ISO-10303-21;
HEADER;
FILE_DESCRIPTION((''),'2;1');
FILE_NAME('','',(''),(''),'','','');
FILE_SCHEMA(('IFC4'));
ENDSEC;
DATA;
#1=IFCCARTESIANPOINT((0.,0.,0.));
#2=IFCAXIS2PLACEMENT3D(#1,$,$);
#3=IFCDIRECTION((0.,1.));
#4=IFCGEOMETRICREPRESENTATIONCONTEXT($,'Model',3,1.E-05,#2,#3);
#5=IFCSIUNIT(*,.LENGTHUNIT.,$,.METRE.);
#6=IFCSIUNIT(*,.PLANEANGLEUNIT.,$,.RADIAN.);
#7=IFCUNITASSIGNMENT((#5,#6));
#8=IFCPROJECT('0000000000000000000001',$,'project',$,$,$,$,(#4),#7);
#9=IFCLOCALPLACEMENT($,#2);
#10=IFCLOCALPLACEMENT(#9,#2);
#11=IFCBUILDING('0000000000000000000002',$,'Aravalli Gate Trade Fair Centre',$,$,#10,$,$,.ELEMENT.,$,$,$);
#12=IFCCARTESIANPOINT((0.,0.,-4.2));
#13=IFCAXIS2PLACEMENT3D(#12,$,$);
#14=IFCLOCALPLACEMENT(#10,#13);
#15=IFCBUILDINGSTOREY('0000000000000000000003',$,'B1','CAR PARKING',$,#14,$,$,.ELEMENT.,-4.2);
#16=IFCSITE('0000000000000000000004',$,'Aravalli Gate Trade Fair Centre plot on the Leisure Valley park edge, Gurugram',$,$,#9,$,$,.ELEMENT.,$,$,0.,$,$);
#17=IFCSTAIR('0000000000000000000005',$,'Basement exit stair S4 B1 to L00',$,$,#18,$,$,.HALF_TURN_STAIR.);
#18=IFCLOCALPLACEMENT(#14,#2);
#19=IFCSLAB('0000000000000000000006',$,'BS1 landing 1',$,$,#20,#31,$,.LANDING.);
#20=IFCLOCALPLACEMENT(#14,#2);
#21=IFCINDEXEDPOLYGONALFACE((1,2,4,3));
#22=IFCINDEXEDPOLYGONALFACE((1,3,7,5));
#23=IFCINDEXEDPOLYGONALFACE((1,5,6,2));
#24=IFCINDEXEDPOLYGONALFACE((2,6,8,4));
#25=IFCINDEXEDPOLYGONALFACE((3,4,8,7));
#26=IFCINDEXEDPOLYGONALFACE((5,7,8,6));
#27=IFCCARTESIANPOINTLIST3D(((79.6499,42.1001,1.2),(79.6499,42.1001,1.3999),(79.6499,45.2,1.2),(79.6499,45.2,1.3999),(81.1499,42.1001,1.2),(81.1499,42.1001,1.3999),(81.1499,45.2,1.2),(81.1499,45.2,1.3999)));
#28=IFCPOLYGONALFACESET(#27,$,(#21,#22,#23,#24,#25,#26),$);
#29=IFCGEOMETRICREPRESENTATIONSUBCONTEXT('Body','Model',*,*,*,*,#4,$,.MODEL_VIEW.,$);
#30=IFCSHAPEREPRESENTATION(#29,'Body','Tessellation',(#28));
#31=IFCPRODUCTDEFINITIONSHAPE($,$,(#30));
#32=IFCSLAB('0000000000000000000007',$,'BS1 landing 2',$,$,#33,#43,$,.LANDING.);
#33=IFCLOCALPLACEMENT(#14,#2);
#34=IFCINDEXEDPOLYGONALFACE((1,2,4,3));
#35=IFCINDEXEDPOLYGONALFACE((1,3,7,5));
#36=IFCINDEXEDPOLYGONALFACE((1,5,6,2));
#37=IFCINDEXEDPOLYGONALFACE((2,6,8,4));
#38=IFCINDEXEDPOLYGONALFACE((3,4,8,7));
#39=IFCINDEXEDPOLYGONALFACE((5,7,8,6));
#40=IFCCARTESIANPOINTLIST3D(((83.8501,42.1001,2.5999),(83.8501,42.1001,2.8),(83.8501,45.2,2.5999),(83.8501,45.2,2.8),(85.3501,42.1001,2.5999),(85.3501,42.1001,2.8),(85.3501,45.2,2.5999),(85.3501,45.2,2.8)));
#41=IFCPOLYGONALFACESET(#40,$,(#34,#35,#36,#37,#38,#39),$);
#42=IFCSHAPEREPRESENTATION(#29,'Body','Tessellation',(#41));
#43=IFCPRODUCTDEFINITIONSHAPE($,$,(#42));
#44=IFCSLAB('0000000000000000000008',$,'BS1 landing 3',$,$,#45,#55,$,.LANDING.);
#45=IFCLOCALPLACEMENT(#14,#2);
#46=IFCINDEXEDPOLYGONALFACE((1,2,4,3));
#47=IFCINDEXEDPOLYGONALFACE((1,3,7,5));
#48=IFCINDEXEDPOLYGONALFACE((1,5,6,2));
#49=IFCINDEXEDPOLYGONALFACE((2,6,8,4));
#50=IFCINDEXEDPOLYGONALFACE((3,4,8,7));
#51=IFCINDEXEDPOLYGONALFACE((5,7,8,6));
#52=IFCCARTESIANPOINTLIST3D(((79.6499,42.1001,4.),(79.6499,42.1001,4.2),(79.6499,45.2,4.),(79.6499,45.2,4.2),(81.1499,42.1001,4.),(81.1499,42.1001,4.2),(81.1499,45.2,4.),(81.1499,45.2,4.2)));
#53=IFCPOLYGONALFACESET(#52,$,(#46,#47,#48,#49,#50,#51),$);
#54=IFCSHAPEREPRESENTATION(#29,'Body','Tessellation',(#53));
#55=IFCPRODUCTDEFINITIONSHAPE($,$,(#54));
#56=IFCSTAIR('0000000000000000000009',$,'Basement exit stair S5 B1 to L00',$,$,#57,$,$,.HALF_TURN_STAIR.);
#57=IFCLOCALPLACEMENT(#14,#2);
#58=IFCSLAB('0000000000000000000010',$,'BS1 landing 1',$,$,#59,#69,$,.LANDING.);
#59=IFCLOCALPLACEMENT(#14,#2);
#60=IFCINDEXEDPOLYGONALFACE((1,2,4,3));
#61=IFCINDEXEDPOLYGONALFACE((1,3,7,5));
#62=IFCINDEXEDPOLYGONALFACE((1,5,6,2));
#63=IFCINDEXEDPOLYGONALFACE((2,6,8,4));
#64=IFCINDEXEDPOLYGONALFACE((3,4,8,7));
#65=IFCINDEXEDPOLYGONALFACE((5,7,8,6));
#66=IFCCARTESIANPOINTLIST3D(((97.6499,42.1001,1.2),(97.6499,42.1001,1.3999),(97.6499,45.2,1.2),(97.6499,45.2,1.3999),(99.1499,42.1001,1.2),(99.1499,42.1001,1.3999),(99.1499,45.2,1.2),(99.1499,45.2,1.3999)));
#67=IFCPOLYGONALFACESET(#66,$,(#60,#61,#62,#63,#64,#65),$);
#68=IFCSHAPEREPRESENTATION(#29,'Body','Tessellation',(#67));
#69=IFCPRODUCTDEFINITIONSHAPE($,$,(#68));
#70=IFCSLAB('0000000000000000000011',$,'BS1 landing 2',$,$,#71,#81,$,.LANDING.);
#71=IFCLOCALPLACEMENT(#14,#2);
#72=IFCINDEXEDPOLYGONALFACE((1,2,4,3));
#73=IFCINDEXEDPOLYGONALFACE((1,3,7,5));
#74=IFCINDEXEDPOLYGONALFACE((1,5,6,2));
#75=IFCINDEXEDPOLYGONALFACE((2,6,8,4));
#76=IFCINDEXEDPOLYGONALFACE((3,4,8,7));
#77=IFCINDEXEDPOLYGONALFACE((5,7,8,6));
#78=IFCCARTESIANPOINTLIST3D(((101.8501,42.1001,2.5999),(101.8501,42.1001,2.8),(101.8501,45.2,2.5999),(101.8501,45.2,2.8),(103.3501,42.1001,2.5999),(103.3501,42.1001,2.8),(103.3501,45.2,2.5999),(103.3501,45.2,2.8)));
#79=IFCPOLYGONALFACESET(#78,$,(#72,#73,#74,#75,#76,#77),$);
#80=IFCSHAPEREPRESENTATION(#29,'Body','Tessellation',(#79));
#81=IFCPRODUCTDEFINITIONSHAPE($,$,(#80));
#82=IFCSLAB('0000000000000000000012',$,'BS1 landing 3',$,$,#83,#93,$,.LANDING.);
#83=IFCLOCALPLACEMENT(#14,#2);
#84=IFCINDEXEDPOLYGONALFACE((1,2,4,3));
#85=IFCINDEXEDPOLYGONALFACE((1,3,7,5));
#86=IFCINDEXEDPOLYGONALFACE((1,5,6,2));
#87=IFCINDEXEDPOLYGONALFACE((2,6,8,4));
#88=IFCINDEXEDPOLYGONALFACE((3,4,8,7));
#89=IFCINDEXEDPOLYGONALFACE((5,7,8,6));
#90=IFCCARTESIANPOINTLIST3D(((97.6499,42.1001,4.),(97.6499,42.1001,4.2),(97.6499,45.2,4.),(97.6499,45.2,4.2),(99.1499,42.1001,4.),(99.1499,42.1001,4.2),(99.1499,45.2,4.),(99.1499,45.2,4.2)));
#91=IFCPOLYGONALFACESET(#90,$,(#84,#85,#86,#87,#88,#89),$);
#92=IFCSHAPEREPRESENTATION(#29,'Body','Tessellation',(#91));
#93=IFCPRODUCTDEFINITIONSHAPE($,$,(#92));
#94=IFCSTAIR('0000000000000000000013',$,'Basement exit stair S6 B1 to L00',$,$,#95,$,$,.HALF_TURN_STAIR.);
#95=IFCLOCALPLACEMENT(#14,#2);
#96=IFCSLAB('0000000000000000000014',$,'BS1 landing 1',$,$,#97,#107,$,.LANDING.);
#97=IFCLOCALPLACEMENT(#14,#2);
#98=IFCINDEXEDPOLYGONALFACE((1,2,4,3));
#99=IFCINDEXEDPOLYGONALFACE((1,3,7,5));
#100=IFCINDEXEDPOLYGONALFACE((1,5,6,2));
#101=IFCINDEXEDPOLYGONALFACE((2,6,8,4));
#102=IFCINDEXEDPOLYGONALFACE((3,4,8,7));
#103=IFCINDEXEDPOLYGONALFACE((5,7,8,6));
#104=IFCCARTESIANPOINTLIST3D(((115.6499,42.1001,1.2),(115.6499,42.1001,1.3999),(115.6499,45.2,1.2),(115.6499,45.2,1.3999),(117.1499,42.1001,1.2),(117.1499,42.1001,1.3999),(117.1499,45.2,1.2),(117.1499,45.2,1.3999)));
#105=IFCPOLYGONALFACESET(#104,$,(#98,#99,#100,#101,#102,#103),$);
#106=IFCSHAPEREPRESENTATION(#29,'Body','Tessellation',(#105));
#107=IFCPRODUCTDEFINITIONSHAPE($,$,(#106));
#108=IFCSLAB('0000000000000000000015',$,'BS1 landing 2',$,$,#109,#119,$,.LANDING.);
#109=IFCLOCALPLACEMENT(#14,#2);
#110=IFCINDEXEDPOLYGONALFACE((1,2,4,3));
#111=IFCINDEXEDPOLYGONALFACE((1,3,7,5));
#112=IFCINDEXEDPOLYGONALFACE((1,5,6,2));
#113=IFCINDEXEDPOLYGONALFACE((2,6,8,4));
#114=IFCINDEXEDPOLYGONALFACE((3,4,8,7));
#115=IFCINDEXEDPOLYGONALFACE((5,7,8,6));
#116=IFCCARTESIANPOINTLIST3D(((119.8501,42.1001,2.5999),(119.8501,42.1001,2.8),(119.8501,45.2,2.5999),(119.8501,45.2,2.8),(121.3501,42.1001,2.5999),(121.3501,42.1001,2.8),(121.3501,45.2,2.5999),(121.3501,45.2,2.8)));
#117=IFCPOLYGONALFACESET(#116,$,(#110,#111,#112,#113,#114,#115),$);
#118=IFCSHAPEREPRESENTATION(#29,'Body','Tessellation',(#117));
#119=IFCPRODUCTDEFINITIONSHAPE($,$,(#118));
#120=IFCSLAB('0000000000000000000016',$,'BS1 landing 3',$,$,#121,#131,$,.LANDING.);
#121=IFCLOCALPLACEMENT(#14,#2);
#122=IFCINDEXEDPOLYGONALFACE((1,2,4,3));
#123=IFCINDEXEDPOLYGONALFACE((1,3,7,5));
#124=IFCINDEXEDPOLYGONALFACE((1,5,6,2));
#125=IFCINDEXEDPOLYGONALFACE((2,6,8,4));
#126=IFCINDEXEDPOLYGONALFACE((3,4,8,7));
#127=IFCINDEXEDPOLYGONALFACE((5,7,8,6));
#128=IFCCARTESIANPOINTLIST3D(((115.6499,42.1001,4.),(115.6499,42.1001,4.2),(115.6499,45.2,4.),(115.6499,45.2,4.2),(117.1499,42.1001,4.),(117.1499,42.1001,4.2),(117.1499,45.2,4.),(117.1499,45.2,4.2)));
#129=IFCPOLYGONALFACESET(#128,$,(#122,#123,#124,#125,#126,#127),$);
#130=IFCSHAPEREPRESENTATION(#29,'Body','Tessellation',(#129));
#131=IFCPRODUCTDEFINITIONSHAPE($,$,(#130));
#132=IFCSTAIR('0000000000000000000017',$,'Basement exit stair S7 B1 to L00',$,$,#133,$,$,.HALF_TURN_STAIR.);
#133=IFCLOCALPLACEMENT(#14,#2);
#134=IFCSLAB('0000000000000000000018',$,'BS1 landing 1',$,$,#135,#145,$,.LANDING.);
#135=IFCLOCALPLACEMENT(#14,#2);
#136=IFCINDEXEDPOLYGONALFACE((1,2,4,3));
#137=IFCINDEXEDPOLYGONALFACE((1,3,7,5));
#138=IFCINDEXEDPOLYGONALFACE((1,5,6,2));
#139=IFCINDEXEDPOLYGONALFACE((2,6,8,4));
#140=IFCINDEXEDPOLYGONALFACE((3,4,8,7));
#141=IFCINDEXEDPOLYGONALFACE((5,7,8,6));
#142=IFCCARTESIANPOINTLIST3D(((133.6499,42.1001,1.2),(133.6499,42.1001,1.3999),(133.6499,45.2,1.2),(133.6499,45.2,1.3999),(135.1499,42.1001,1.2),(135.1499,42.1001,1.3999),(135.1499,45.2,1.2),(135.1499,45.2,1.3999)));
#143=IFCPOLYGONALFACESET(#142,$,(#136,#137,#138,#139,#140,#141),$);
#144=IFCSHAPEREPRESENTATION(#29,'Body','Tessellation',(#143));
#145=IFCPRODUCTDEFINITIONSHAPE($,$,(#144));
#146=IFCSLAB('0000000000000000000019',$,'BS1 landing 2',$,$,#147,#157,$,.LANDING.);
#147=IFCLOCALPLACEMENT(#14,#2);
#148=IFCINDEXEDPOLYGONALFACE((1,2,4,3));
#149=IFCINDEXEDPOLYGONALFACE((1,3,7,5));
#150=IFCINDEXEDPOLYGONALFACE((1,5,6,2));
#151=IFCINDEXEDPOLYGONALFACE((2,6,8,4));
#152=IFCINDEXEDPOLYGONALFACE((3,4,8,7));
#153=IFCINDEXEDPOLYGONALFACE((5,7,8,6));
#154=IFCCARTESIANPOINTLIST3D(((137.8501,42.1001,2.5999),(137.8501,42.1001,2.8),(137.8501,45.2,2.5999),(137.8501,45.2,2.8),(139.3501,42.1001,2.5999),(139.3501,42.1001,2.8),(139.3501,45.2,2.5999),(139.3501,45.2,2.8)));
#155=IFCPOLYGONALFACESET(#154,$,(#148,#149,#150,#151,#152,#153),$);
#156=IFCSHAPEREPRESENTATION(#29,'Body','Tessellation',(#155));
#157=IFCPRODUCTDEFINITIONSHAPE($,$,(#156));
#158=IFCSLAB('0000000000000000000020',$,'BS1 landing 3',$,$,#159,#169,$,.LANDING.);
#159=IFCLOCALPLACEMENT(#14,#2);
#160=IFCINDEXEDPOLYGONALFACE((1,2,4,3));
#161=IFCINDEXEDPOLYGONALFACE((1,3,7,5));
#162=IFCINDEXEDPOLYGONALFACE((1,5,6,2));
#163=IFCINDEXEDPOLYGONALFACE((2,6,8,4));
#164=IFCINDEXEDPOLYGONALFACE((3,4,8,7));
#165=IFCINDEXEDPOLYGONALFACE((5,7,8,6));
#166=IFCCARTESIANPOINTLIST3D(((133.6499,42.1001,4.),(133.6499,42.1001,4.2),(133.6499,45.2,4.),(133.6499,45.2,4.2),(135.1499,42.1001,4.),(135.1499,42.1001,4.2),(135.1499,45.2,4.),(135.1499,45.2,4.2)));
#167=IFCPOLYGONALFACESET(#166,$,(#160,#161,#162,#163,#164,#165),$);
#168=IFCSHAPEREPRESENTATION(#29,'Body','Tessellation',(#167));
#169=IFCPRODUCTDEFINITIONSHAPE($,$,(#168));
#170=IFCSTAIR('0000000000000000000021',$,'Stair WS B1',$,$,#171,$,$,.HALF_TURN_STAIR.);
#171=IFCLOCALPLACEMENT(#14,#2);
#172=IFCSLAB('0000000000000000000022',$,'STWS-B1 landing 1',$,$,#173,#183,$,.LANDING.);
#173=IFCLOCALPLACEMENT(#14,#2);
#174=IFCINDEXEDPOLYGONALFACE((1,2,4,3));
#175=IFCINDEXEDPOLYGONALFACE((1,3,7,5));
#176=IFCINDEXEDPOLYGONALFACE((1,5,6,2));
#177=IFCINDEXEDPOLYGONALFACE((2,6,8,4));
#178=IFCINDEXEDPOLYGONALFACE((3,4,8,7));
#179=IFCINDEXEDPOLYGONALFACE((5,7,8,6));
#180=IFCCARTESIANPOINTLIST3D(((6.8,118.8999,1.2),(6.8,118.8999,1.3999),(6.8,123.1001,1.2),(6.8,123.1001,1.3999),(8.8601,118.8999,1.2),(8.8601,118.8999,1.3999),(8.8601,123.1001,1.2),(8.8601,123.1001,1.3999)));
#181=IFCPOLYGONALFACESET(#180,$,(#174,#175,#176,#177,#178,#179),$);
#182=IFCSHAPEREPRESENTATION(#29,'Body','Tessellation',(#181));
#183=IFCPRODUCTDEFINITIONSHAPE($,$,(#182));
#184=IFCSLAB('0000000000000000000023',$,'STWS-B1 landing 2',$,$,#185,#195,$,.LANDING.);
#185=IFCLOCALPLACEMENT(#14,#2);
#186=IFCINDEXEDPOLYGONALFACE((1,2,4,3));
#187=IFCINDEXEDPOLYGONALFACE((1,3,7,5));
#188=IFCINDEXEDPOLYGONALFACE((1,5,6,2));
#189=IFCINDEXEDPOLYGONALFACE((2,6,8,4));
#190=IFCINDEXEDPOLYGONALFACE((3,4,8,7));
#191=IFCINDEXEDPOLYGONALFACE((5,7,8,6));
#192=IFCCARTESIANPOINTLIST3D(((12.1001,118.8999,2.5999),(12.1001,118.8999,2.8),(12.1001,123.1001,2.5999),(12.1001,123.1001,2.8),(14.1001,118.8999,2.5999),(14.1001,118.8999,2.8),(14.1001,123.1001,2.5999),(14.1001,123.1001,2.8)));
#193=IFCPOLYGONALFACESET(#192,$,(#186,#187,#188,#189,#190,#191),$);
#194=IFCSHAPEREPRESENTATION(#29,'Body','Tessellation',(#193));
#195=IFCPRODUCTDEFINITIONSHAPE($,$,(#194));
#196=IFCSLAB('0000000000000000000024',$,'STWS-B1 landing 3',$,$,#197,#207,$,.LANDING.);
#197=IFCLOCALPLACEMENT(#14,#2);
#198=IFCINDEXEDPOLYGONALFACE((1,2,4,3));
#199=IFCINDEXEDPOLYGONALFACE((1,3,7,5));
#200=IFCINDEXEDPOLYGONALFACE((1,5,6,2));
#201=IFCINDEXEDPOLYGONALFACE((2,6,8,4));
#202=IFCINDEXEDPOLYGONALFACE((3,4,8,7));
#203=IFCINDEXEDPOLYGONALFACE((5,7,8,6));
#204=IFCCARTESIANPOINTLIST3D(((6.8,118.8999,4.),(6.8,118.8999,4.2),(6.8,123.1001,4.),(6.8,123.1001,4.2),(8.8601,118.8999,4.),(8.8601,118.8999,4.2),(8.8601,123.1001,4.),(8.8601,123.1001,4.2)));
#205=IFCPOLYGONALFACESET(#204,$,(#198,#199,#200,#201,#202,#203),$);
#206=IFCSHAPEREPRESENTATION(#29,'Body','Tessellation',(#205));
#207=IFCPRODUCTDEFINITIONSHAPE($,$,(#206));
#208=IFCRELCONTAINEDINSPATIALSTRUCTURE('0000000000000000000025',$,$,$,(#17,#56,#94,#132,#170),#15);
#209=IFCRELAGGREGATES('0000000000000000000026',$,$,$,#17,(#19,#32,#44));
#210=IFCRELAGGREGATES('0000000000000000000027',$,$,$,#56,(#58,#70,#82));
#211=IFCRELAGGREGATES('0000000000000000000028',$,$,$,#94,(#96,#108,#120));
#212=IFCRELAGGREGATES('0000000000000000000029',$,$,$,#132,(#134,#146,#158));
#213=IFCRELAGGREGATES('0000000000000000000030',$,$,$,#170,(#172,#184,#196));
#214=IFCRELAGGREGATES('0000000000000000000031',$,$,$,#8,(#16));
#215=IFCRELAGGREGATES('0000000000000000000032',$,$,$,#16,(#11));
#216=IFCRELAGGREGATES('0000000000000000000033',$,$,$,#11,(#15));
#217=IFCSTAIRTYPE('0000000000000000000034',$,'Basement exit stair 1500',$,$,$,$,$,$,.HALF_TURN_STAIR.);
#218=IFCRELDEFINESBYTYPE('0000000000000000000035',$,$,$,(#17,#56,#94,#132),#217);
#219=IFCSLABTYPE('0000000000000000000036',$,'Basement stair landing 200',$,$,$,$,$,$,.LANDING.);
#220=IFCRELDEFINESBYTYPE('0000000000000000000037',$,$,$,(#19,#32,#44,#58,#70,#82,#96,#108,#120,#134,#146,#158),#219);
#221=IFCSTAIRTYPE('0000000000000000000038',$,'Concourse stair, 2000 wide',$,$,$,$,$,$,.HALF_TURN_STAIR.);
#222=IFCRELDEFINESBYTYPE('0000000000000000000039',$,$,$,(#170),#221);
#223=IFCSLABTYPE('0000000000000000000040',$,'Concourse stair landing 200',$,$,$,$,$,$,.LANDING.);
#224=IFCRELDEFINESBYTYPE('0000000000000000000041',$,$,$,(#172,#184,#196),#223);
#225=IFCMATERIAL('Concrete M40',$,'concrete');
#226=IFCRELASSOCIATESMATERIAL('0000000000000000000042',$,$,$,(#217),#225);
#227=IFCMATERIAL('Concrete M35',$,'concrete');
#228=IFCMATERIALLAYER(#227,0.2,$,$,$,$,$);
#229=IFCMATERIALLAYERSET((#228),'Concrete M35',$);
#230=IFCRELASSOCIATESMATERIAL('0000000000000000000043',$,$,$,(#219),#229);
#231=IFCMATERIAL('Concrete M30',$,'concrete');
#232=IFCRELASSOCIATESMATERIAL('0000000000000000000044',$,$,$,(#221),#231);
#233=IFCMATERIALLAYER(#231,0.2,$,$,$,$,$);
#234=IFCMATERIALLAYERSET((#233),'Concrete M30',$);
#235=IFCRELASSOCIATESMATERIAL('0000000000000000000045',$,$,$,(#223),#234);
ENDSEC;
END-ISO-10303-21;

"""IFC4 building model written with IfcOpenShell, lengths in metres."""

from ifc_helpers import new_model, si_unit, direction, frame, origin, place, context, subcontext, project, spatial, polyline, outline, extrude, material, layer, layer_set, type_object, element, aggregate, save


model = new_model("IFC4")

# Units and contexts
model_context = context("Model", 3, precision=1e-05, world=origin(), true_north=direction((0.0, 1.0)))
body_context = subcontext(model_context, "Body", "Model", "MODEL_VIEW")
ifc_project = project(units=[si_unit("LENGTHUNIT", "METRE"), si_unit("PLANEANGLEUNIT", "RADIAN")], contexts=[model_context])

# Site, building, storey
site_placement = place(None, origin())
site = spatial("IfcSite", under=ifc_project, at=site_placement, Name="Aravalli Gate Trade Fair Centre plot on the Leisure Valley park edge, Gurugram", CompositionType="ELEMENT", RefElevation=0.0)
building_placement = place(site_placement, origin())
building = spatial("IfcBuilding", under=site, at=building_placement, Name="Aravalli Gate Trade Fair Centre", CompositionType="ELEMENT")
storey_placement = place(building_placement, frame((0.0, 0.0, -4.2)))
storey = spatial("IfcBuildingStorey", under=building, at=storey_placement, Name="B1", Description="CAR PARKING", CompositionType="ELEMENT", Elevation=-4.2)

# Shared definitions
ifc_material_1 = material(Name="Concrete M35", Category="concrete")

# Shared definitions
ifc_material_2 = material(Name="Concrete M40", Category="concrete")
stair_type_1 = type_object("IfcStairType", Name="Basement exit stair 1500", PredefinedType="HALF_TURN_STAIR", material=ifc_material_2)
ifc_layer_1 = layer(ifc_material_1, 0.2)
ifc_layer_set_1 = layer_set([ifc_layer_1], Name="Concrete M35")
slab_type_1 = type_object("IfcSlabType", Name="Basement stair landing 200", PredefinedType="LANDING", material=ifc_layer_set_1)

# Stairs, slabs
stair_1_placement = place(storey_placement, origin())
stair_1 = element("IfcStair", 1, at=stair_1_placement, inside=storey, type_object=stair_type_1, Name="Basement exit stair S4 B1 to L00", PredefinedType="HALF_TURN_STAIR")
slab_1_placement = place(storey_placement, frame((0.0, 0.0, 1.2)))
slab_1 = element("IfcSlab", 2, at=slab_1_placement, type_object=slab_type_1, Name="BS1 landing 1", PredefinedType="LANDING", context=body_context, shape_type="SweptSolid", body=[
    extrude(outline(polyline([(81.1499, 45.2), (79.6499, 45.2), (79.6499, 42.1001), (81.1499, 42.1001), (81.1499, 45.2)])), origin(), (0.0, 0.0, 1.0), 0.2),
])
slab_2_placement = place(storey_placement, frame((0.0, 0.0, 2.5999)))
slab_2 = element("IfcSlab", 3, at=slab_2_placement, type_object=slab_type_1, Name="BS1 landing 2", PredefinedType="LANDING", context=body_context, shape_type="SweptSolid", body=[
    extrude(outline(polyline([(85.3501, 45.2), (83.8501, 45.2), (83.8501, 42.1001), (85.3501, 42.1001), (85.3501, 45.2)])), origin(), (0.0, 0.0, 1.0), 0.2002),
])
slab_3_placement = place(storey_placement, frame((0.0, 0.0, 4.0)))
slab_3 = element("IfcSlab", 4, at=slab_3_placement, type_object=slab_type_1, Name="BS1 landing 3", PredefinedType="LANDING", context=body_context, shape_type="SweptSolid", body=[
    extrude(outline(polyline([(81.1499, 45.2), (79.6499, 45.2), (79.6499, 42.1001), (81.1499, 42.1001), (81.1499, 45.2)])), origin(), (0.0, 0.0, 1.0), 0.2),
])
aggregate(stair_1, [slab_1, slab_2, slab_3])
stair_2_placement = place(storey_placement, origin())
stair_2 = element("IfcStair", 5, at=stair_2_placement, inside=storey, type_object=stair_type_1, Name="Basement exit stair S5 B1 to L00", PredefinedType="HALF_TURN_STAIR")
slab_4_placement = place(storey_placement, frame((0.0, 0.0, 1.2)))
slab_4 = element("IfcSlab", 6, at=slab_4_placement, type_object=slab_type_1, Name="BS1 landing 1", PredefinedType="LANDING", context=body_context, shape_type="SweptSolid", body=[
    extrude(outline(polyline([(99.1499, 45.2), (97.6499, 45.2), (97.6499, 42.1001), (99.1499, 42.1001), (99.1499, 45.2)])), origin(), (0.0, 0.0, 1.0), 0.2),
])
slab_5_placement = place(storey_placement, frame((0.0, 0.0, 2.5999)))
slab_5 = element("IfcSlab", 7, at=slab_5_placement, type_object=slab_type_1, Name="BS1 landing 2", PredefinedType="LANDING", context=body_context, shape_type="SweptSolid", body=[
    extrude(outline(polyline([(103.3501, 45.2), (101.8501, 45.2), (101.8501, 42.1001), (103.3501, 42.1001), (103.3501, 45.2)])), origin(), (0.0, 0.0, 1.0), 0.2002),
])
slab_6_placement = place(storey_placement, frame((0.0, 0.0, 4.0)))
slab_6 = element("IfcSlab", 8, at=slab_6_placement, type_object=slab_type_1, Name="BS1 landing 3", PredefinedType="LANDING", context=body_context, shape_type="SweptSolid", body=[
    extrude(outline(polyline([(99.1499, 45.2), (97.6499, 45.2), (97.6499, 42.1001), (99.1499, 42.1001), (99.1499, 45.2)])), origin(), (0.0, 0.0, 1.0), 0.2),
])
aggregate(stair_2, [slab_4, slab_5, slab_6])
stair_3_placement = place(storey_placement, origin())
stair_3 = element("IfcStair", 9, at=stair_3_placement, inside=storey, type_object=stair_type_1, Name="Basement exit stair S6 B1 to L00", PredefinedType="HALF_TURN_STAIR")
slab_7_placement = place(storey_placement, frame((0.0, 0.0, 1.2)))
slab_7 = element("IfcSlab", 10, at=slab_7_placement, type_object=slab_type_1, Name="BS1 landing 1", PredefinedType="LANDING", context=body_context, shape_type="SweptSolid", body=[
    extrude(outline(polyline([(117.1499, 45.2), (115.6499, 45.2), (115.6499, 42.1001), (117.1499, 42.1001), (117.1499, 45.2)])), origin(), (0.0, 0.0, 1.0), 0.2),
])
slab_8_placement = place(storey_placement, frame((0.0, 0.0, 2.5999)))
slab_8 = element("IfcSlab", 11, at=slab_8_placement, type_object=slab_type_1, Name="BS1 landing 2", PredefinedType="LANDING", context=body_context, shape_type="SweptSolid", body=[
    extrude(outline(polyline([(121.3501, 45.2), (119.8501, 45.2), (119.8501, 42.1001), (121.3501, 42.1001), (121.3501, 45.2)])), origin(), (0.0, 0.0, 1.0), 0.2002),
])
slab_9_placement = place(storey_placement, frame((0.0, 0.0, 4.0)))
slab_9 = element("IfcSlab", 12, at=slab_9_placement, type_object=slab_type_1, Name="BS1 landing 3", PredefinedType="LANDING", context=body_context, shape_type="SweptSolid", body=[
    extrude(outline(polyline([(117.1499, 45.2), (115.6499, 45.2), (115.6499, 42.1001), (117.1499, 42.1001), (117.1499, 45.2)])), origin(), (0.0, 0.0, 1.0), 0.2),
])
aggregate(stair_3, [slab_7, slab_8, slab_9])
stair_4_placement = place(storey_placement, origin())
stair_4 = element("IfcStair", 13, at=stair_4_placement, inside=storey, type_object=stair_type_1, Name="Basement exit stair S7 B1 to L00", PredefinedType="HALF_TURN_STAIR")
slab_10_placement = place(storey_placement, frame((0.0, 0.0, 1.2)))
slab_10 = element("IfcSlab", 14, at=slab_10_placement, type_object=slab_type_1, Name="BS1 landing 1", PredefinedType="LANDING", context=body_context, shape_type="SweptSolid", body=[
    extrude(outline(polyline([(135.1499, 45.2), (133.6499, 45.2), (133.6499, 42.1001), (135.1499, 42.1001), (135.1499, 45.2)])), origin(), (0.0, 0.0, 1.0), 0.2),
])
slab_11_placement = place(storey_placement, frame((0.0, 0.0, 2.5999)))
slab_11 = element("IfcSlab", 15, at=slab_11_placement, type_object=slab_type_1, Name="BS1 landing 2", PredefinedType="LANDING", context=body_context, shape_type="SweptSolid", body=[
    extrude(outline(polyline([(139.3501, 45.2), (137.8501, 45.2), (137.8501, 42.1001), (139.3501, 42.1001), (139.3501, 45.2)])), origin(), (0.0, 0.0, 1.0), 0.2002),
])
slab_12_placement = place(storey_placement, frame((0.0, 0.0, 4.0)))
slab_12 = element("IfcSlab", 16, at=slab_12_placement, type_object=slab_type_1, Name="BS1 landing 3", PredefinedType="LANDING", context=body_context, shape_type="SweptSolid", body=[
    extrude(outline(polyline([(135.1499, 45.2), (133.6499, 45.2), (133.6499, 42.1001), (135.1499, 42.1001), (135.1499, 45.2)])), origin(), (0.0, 0.0, 1.0), 0.2),
])
aggregate(stair_4, [slab_10, slab_11, slab_12])
ifc_material_3 = material(Name="Concrete M30", Category="concrete")
stair_type_2 = type_object("IfcStairType", Name="Concourse stair, 2000 wide", PredefinedType="HALF_TURN_STAIR", material=ifc_material_3)
stair_5_placement = place(storey_placement, origin())
stair_5 = element("IfcStair", 17, at=stair_5_placement, inside=storey, type_object=stair_type_2, Name="Stair WS B1", PredefinedType="HALF_TURN_STAIR")
ifc_layer_2 = layer(ifc_material_3, 0.2)
ifc_layer_set_2 = layer_set([ifc_layer_2], Name="Concrete M30")
slab_type_2 = type_object("IfcSlabType", Name="Concourse stair landing 200", PredefinedType="LANDING", material=ifc_layer_set_2)
slab_13_placement = place(storey_placement, frame((0.0, 0.0, 1.2)))
slab_13 = element("IfcSlab", 18, at=slab_13_placement, type_object=slab_type_2, Name="STWS-B1 landing 1", PredefinedType="LANDING", context=body_context, shape_type="SweptSolid", body=[
    extrude(outline(polyline([(6.8, 118.8999), (8.8601, 118.8999), (8.8601, 123.1001), (6.8, 123.1001), (6.8, 118.8999)])), origin(), (0.0, 0.0, 1.0), 0.2),
])
slab_14_placement = place(storey_placement, frame((0.0, 0.0, 2.5999)))
slab_14 = element("IfcSlab", 19, at=slab_14_placement, type_object=slab_type_2, Name="STWS-B1 landing 2", PredefinedType="LANDING", context=body_context, shape_type="SweptSolid", body=[
    extrude(outline(polyline([(12.1001, 118.8999), (14.1001, 118.8999), (14.1001, 123.1001), (12.1001, 123.1001), (12.1001, 118.8999)])), origin(), (0.0, 0.0, 1.0), 0.2002),
])
slab_15_placement = place(storey_placement, frame((0.0, 0.0, 4.0)))
slab_15 = element("IfcSlab", 20, at=slab_15_placement, type_object=slab_type_2, Name="STWS-B1 landing 3", PredefinedType="LANDING", context=body_context, shape_type="SweptSolid", body=[
    extrude(outline(polyline([(6.8, 118.8999), (8.8601, 118.8999), (8.8601, 123.1001), (6.8, 123.1001), (6.8, 118.8999)])), origin(), (0.0, 0.0, 1.0), 0.2),
])
aggregate(stair_5, [slab_13, slab_14, slab_15])

save(model, "model.ifc")
